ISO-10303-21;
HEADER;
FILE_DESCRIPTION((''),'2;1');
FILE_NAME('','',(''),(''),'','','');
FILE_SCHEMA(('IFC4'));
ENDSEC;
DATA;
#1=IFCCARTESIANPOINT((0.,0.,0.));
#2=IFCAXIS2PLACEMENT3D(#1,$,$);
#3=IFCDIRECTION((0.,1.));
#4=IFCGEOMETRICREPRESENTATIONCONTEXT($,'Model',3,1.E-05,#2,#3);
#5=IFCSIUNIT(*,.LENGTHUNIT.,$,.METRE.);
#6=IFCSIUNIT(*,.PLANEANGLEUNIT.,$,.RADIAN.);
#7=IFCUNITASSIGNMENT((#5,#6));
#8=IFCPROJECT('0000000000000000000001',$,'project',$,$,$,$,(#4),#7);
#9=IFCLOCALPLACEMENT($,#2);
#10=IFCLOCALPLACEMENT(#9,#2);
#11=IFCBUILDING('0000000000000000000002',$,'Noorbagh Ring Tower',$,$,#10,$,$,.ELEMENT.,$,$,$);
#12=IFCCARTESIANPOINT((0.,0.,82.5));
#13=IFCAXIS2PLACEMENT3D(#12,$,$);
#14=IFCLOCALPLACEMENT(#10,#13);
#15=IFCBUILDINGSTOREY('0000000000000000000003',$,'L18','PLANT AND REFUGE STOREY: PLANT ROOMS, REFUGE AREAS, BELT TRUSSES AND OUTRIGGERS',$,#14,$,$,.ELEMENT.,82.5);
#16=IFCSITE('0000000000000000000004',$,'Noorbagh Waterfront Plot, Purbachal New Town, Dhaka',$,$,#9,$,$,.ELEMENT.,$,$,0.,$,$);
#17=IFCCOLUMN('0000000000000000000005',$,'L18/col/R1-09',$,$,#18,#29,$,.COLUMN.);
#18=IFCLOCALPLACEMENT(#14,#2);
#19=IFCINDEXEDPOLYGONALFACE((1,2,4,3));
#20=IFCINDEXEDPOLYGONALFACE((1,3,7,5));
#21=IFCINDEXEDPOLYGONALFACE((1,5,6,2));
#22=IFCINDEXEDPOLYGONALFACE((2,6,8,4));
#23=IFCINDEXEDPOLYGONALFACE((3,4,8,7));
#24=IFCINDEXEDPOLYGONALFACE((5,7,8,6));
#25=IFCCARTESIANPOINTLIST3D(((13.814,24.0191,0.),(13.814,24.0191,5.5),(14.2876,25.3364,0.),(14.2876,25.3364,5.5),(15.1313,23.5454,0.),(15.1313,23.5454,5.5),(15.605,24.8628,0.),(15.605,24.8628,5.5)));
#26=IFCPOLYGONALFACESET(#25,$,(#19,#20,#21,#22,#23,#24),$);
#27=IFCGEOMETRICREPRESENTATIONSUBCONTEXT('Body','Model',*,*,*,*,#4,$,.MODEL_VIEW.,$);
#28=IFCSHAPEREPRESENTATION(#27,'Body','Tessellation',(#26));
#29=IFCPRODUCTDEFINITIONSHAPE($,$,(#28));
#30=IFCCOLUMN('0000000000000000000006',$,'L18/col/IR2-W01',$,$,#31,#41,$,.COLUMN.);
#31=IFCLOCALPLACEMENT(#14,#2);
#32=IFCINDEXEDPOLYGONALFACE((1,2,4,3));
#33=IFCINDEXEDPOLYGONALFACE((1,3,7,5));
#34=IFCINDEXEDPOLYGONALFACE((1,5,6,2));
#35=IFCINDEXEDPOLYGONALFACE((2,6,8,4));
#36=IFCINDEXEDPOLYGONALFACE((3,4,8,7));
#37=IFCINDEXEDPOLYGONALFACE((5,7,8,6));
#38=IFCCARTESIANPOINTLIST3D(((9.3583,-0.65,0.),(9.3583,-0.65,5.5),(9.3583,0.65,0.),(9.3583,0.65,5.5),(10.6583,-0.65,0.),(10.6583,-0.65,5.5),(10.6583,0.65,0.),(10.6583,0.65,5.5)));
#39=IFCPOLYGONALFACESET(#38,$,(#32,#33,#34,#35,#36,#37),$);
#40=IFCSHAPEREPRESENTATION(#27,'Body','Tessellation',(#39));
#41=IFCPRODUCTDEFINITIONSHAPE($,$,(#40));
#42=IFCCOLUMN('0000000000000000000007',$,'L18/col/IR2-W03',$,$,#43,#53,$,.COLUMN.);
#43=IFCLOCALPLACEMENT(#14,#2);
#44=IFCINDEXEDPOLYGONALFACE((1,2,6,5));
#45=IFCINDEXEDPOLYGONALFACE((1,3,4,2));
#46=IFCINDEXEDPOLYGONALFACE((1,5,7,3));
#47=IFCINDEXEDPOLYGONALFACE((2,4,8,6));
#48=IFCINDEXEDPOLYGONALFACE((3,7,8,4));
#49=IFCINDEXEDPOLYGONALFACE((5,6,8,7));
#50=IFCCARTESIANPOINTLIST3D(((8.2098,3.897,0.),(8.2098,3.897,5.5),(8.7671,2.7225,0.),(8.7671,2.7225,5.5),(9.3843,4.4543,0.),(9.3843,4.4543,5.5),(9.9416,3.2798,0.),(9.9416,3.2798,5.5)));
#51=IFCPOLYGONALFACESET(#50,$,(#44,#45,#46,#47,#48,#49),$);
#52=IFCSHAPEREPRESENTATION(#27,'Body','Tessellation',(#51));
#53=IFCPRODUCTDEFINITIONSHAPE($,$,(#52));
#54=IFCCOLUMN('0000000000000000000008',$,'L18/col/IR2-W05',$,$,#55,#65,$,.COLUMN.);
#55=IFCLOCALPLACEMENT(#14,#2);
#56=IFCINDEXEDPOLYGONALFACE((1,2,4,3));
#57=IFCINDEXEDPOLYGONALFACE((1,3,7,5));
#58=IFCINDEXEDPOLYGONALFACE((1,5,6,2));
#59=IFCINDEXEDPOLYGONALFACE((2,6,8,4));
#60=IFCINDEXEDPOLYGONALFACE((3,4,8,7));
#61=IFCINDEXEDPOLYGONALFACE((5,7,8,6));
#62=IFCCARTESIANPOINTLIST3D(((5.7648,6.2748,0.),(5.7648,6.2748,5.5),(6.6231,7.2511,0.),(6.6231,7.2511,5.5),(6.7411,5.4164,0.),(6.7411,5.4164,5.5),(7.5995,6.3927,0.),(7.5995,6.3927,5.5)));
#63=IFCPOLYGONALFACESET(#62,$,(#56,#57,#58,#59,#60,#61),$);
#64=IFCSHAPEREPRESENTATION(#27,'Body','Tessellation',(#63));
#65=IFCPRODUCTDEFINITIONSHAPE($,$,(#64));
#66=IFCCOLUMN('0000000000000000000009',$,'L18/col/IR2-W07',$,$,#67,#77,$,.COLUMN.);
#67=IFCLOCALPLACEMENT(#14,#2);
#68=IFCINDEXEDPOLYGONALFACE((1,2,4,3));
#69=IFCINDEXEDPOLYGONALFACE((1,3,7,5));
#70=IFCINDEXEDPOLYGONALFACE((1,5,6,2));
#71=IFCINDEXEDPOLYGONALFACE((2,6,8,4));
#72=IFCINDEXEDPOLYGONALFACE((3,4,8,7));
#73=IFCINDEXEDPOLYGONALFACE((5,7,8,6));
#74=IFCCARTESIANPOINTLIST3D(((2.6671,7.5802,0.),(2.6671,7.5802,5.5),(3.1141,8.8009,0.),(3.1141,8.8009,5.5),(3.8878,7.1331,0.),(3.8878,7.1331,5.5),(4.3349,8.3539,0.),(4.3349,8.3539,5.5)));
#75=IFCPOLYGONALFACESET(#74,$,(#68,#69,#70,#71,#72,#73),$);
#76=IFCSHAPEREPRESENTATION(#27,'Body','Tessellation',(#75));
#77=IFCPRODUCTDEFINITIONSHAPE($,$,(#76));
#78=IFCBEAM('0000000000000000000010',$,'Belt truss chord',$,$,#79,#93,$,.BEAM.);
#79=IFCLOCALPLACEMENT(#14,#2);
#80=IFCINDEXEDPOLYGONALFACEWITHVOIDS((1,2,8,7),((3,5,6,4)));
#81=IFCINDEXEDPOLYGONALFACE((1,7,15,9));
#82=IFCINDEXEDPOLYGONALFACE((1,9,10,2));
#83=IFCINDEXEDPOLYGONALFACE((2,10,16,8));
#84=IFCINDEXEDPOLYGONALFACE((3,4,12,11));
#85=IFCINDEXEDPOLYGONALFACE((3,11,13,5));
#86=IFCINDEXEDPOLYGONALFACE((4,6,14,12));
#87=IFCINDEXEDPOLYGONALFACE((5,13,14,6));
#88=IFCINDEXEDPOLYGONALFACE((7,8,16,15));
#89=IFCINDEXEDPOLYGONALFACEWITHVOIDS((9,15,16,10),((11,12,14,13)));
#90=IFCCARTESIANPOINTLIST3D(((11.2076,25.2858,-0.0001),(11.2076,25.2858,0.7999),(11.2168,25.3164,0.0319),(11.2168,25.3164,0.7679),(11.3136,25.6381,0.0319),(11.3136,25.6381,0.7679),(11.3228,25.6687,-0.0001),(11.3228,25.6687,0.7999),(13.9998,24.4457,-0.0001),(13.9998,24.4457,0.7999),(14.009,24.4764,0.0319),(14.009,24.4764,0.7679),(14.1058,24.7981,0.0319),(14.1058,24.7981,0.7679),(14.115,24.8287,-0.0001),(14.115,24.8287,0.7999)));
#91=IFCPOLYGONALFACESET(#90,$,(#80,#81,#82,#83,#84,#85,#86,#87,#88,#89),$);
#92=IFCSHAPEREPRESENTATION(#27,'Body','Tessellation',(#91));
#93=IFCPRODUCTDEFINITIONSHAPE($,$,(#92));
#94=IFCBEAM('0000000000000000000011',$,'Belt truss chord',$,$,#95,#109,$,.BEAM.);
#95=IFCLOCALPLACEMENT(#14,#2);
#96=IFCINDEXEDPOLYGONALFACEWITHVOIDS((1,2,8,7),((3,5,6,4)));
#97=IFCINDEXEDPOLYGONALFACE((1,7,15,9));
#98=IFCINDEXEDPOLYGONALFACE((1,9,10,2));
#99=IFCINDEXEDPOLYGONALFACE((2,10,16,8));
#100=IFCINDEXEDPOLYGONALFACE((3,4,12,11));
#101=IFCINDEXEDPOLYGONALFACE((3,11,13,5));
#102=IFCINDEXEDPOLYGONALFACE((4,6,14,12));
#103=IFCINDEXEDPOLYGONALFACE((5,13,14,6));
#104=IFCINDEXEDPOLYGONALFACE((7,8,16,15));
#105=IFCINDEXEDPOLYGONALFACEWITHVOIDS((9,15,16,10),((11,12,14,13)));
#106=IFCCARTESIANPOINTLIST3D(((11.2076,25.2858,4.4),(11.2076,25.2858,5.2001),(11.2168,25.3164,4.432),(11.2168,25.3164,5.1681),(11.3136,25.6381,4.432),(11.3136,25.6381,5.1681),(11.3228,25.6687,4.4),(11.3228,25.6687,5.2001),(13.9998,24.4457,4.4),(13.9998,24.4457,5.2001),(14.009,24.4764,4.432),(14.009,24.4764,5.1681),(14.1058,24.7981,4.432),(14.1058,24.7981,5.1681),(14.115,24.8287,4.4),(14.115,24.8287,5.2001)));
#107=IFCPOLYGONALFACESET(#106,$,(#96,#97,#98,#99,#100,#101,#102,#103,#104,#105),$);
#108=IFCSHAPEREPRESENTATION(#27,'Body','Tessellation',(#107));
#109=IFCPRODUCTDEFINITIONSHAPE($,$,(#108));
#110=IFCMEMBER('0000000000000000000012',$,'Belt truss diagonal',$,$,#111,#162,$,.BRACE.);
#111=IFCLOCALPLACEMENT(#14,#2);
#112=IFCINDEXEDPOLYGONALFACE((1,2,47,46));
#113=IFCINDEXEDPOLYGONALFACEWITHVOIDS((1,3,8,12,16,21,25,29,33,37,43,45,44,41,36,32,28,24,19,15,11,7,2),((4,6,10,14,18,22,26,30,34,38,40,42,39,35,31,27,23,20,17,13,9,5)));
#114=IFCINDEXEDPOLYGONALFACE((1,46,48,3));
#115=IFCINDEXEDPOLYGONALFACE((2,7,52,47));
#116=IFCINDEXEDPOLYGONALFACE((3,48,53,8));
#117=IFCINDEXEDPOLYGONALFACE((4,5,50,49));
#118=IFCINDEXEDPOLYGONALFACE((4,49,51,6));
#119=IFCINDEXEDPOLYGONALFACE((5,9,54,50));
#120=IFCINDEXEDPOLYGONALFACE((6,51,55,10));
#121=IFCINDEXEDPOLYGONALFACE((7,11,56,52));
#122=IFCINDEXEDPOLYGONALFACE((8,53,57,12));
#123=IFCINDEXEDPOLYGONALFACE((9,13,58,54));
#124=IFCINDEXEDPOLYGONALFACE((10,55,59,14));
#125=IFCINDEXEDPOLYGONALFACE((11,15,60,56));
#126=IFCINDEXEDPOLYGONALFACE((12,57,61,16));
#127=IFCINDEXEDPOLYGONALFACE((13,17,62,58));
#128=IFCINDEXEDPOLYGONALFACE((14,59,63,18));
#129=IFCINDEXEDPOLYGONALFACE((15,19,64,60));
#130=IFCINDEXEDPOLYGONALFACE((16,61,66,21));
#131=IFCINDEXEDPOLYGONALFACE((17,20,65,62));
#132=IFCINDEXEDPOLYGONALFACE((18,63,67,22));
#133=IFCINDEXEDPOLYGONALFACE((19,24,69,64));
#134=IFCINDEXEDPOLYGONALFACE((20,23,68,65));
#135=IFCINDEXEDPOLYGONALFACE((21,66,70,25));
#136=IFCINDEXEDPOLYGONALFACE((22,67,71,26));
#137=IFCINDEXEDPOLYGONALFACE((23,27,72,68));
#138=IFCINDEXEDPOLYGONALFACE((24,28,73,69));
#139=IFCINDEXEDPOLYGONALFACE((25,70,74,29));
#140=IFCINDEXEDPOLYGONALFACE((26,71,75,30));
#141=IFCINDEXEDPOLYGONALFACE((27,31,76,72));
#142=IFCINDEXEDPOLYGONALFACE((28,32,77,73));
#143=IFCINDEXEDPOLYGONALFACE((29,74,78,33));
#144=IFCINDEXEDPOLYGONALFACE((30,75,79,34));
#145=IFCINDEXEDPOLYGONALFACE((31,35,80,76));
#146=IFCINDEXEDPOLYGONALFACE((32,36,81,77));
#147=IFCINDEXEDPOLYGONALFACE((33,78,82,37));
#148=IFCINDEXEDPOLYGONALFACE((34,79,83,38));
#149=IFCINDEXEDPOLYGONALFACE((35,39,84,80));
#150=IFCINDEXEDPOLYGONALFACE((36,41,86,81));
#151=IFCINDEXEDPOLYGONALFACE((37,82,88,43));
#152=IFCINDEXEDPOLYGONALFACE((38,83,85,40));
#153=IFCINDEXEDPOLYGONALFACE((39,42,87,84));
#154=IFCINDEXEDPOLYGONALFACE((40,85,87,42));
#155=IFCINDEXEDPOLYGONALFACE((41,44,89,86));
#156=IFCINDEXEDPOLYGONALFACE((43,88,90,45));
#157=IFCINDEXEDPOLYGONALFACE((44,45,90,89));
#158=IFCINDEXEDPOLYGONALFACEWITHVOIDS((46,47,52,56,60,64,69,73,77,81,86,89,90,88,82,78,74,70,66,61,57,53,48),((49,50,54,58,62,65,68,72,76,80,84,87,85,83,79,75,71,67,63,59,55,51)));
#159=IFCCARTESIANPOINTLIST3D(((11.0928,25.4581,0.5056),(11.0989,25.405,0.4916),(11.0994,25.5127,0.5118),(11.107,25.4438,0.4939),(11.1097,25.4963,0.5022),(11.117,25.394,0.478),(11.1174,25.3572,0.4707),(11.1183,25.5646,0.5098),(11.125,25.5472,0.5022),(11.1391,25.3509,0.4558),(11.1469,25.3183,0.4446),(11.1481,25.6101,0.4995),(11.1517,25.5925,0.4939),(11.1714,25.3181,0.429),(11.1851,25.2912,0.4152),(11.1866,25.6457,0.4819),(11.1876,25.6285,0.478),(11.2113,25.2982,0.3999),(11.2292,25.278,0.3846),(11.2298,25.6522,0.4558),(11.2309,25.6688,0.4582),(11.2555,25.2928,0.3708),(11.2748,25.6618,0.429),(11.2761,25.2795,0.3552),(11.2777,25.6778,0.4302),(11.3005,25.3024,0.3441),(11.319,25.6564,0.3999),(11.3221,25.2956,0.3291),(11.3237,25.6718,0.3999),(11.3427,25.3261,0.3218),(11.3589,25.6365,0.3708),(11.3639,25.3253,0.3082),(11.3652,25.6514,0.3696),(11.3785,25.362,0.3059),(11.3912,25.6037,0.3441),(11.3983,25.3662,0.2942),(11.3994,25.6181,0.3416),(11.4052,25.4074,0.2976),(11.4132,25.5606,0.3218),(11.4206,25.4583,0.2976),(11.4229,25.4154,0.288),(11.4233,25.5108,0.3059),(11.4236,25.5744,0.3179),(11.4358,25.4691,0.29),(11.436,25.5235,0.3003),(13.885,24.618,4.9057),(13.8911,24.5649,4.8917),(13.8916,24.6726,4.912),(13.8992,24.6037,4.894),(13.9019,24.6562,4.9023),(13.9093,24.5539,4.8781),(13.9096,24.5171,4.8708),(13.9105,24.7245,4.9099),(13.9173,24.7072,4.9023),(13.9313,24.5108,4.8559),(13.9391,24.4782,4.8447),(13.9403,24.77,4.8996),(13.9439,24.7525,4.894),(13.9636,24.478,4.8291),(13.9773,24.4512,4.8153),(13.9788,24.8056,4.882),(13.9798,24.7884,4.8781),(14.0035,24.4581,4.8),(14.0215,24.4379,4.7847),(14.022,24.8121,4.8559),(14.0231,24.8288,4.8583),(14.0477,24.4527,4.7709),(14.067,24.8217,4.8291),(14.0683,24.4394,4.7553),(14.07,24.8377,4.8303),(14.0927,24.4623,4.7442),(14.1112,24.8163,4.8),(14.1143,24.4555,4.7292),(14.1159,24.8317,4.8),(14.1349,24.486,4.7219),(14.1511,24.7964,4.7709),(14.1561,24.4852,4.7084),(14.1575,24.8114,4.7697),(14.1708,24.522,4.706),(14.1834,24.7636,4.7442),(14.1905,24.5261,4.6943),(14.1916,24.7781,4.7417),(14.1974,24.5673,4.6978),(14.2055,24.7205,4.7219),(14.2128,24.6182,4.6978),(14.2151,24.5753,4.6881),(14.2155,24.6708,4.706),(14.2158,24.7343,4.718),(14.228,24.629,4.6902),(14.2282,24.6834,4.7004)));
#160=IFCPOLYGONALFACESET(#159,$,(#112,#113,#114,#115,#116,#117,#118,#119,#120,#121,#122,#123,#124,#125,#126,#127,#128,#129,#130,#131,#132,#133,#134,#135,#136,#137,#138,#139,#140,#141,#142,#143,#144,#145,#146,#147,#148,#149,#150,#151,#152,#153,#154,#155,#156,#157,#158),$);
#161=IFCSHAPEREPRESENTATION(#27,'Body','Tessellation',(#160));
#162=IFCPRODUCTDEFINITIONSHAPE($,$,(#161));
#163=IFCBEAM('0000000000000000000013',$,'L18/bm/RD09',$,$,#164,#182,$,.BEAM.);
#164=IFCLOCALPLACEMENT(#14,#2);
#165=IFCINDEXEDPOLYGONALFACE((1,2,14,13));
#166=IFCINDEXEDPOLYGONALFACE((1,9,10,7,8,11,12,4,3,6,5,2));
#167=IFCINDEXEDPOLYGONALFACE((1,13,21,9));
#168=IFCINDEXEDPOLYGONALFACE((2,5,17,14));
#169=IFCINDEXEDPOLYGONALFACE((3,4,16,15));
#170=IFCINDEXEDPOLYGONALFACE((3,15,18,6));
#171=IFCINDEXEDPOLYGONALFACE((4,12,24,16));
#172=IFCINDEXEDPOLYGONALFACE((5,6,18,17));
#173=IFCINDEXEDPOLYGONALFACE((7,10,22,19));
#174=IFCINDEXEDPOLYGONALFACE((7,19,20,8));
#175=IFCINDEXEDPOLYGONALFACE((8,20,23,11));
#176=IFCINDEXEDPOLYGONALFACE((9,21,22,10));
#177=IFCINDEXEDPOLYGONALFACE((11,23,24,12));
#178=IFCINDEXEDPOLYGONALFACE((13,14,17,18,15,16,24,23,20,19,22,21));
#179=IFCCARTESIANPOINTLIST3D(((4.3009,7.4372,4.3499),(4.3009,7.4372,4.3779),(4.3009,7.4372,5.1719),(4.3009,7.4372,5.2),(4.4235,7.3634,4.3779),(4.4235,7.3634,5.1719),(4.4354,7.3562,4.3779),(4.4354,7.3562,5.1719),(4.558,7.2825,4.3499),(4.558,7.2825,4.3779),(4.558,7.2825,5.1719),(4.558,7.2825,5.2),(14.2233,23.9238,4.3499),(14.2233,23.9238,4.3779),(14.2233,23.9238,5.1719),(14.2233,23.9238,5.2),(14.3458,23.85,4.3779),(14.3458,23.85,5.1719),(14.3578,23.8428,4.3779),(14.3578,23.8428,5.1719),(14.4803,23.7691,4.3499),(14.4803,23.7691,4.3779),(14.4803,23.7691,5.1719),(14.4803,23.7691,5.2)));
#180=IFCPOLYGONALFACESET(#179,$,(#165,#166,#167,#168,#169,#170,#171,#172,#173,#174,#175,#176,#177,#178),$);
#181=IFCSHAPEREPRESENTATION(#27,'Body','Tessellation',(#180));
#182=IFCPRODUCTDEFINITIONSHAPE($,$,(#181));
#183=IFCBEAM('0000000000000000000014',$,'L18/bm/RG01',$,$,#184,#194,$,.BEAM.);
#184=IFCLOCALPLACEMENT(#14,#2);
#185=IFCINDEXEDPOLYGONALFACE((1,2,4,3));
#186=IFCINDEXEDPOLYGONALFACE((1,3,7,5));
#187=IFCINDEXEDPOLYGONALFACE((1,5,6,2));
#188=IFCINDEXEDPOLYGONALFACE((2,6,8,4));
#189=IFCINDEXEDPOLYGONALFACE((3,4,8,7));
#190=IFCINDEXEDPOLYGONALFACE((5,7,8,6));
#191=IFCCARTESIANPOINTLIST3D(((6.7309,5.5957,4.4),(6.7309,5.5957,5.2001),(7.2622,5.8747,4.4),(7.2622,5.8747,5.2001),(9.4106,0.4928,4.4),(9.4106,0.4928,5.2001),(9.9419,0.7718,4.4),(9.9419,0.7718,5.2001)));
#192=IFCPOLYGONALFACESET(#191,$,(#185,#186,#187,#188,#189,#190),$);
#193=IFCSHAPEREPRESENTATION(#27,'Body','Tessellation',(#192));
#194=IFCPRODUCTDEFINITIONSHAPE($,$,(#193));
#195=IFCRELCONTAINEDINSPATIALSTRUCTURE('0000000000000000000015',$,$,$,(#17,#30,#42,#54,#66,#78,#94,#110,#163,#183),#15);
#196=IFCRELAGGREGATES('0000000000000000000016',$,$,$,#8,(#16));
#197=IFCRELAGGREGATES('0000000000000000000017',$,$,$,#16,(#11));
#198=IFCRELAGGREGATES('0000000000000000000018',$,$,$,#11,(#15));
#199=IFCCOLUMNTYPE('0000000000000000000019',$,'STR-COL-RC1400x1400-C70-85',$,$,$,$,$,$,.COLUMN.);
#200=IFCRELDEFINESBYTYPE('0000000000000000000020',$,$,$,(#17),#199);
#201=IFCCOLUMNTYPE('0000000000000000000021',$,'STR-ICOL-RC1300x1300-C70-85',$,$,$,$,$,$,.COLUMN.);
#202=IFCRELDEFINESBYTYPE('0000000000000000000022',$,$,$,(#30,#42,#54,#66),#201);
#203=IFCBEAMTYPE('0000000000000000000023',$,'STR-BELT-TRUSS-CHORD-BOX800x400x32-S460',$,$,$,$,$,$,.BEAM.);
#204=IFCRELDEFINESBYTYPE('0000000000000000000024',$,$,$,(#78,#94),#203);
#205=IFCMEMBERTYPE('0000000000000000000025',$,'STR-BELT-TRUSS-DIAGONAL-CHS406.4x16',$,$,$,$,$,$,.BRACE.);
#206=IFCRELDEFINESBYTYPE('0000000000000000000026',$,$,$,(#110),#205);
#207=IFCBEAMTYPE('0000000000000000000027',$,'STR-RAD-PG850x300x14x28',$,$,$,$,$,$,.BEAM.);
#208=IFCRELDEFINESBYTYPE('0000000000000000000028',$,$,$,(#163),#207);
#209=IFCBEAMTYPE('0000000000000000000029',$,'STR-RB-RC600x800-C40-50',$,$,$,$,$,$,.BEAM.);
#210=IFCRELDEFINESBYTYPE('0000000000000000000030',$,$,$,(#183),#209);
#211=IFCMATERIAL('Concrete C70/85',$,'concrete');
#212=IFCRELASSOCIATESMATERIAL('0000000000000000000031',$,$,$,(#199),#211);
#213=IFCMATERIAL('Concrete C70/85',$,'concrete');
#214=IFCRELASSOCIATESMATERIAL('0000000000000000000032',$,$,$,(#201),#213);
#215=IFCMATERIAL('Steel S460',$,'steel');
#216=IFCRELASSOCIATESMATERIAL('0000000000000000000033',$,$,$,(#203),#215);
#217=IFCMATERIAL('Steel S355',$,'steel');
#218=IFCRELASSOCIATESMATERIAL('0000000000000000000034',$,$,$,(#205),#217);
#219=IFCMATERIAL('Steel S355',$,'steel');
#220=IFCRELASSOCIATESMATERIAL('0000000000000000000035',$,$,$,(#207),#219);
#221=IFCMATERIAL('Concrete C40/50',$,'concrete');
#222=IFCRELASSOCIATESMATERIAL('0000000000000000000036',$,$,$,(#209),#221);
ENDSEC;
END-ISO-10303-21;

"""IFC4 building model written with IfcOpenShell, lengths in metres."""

from ifc_helpers import new_model, si_unit, direction, frame, origin, origin_2d, place, context, subcontext, project, spatial, rectangle, hollow_rectangle, hollow_circle, i_section, extrude, material, material_profile, profile_set, type_object, element, save


model = new_model("IFC4")

# Units and contexts
model_context = context("Model", 3, precision=1e-05, world=origin(), true_north=direction((0.0, 1.0)))
body_context = subcontext(model_context, "Body", "Model", "MODEL_VIEW")
ifc_project = project(units=[si_unit("LENGTHUNIT", "METRE"), si_unit("PLANEANGLEUNIT", "RADIAN")], contexts=[model_context])

# Site, building, storey
site_placement = place(None, origin())
site = spatial("IfcSite", under=ifc_project, at=site_placement, Name="Noorbagh Waterfront Plot, Purbachal New Town, Dhaka", CompositionType="ELEMENT", RefElevation=0.0)
building_placement = place(site_placement, origin())
building = spatial("IfcBuilding", under=site, at=building_placement, Name="Noorbagh Ring Tower", CompositionType="ELEMENT")
storey_placement = place(building_placement, frame((0.0, 0.0, 82.5)))
storey = spatial("IfcBuildingStorey", under=building, at=storey_placement, Name="L18", Description="PLANT AND REFUGE STOREY: PLANT ROOMS, REFUGE AREAS, BELT TRUSSES AND OUTRIGGERS", CompositionType="ELEMENT", Elevation=82.5)

# Columns
ifc_material_1 = material(Name="Concrete C70/85", Category="concrete")
ifc_material_profile_1 = material_profile(ifc_material_1, rectangle(XDim=1.3999, YDim=1.3999, at=origin_2d()), Name="RC1400x1400")
ifc_profile_set_1 = profile_set([ifc_material_profile_1], Name="Concrete C70/85")
column_type_1 = type_object("IfcColumnType", Name="STR-COL-RC1400x1400-C70-85", PredefinedType="COLUMN", material=ifc_profile_set_1)
column_placement = place(storey_placement, frame((14.7095, 24.4409, 0.0), z_axis=(0.0, 0.0, 1.0), x_axis=(-0.941025, 0.338338, 0.0)))
element("IfcColumn", 1, at=column_placement, inside=storey, type_object=column_type_1, Name="L18/col/R1-09", PredefinedType="COLUMN", context=body_context, shape_type="SweptSolid", body=[
    extrude(rectangle(XDim=1.3999, YDim=1.3999, at=origin_2d()), origin(), (0.0, 0.0, 1.0), 5.5),
])
ifc_material_2 = material(Name="Concrete C70/85", Category="concrete")
ifc_material_profile_2 = material_profile(ifc_material_2, rectangle(XDim=1.3, YDim=1.3, at=origin_2d()), Name="RC1300x1300")
ifc_profile_set_2 = profile_set([ifc_material_profile_2], Name="Concrete C70/85")
column_type_2 = type_object("IfcColumnType", Name="STR-ICOL-RC1300x1300-C70-85", PredefinedType="COLUMN", material=ifc_profile_set_2)
for number, where, z_axis, x_axis, name in (
    (2, (10.0083, 0.0, 0.0), (0.0, 0.0, 1.0), (0.0, 1.0, 0.0), "L18/col/IR2-W01"),
    (3, (9.0757, 3.5884, 0.0), (0.0, 0.0, 1.0), (-0.428667, 0.903463, 0.0), "L18/col/IR2-W03"),
    (4, (6.6821, 6.3337, 0.0), (0.0, 0.0, 1.0), (-0.751022, 0.660277, 0.0), "L18/col/IR2-W05"),
    (5, (3.501, 7.967, 0.0), (0.0, 0.0, 1.0), (-0.93902, 0.343864, 0.0), "L18/col/IR2-W07"),
):
    element("IfcColumn", number, at=place(storey_placement, frame(where, z_axis=z_axis, x_axis=x_axis)), inside=storey, type_object=column_type_2, Name=name, PredefinedType="COLUMN", context=body_context, shape_type="SweptSolid", body=[
        extrude(rectangle(XDim=1.3, YDim=1.3, at=origin_2d()), origin(), (0.0, 0.0, 1.0), 5.5),
    ])

# Beams
ifc_material_3 = material(Name="Steel S460", Category="steel")
ifc_material_profile_3 = material_profile(ifc_material_3, hollow_rectangle(XDim=0.3999, YDim=0.8, WallThickness=0.032, at=origin_2d()), Name="BOX800x400x32")
ifc_profile_set_3 = profile_set([ifc_material_profile_3], Name="Steel S460")
beam_type_1 = type_object("IfcBeamType", Name="STR-BELT-TRUSS-CHORD-BOX800x400x32-S460", PredefinedType="BEAM", material=ifc_profile_set_3)
for number, where, z_axis, x_axis, name in (
    (6, (14.0574, 24.6372, 0.3999), (-0.957598, 0.288108, 0.0), (-0.288108, -0.957598, 0.0), "Belt truss chord"),
    (7, (14.0574, 24.6372, 4.8), (-0.957598, 0.288108, 0.0), (-0.288108, -0.957598, 0.0), "Belt truss chord"),
):
    element("IfcBeam", number, at=place(storey_placement, frame(where, z_axis=z_axis, x_axis=x_axis)), inside=storey, type_object=beam_type_1, Name=name, PredefinedType="BEAM", context=body_context, shape_type="SweptSolid", body=[
        extrude(hollow_rectangle(XDim=0.3999, YDim=0.8, WallThickness=0.032, at=origin_2d()), origin(), (0.0, 0.0, 1.0), 2.9158),
    ])

# Member
ifc_material_4 = material(Name="Steel S355", Category="steel")
ifc_material_profile_4 = material_profile(ifc_material_4, hollow_circle(Radius=0.2031, WallThickness=0.0161, at=origin_2d()), Name="CHS406.4x16")
ifc_profile_set_4 = profile_set([ifc_material_profile_4], Name="Steel S355")
member_type = type_object("IfcMemberType", Name="STR-BELT-TRUSS-DIAGONAL-CHS406.4x16", PredefinedType="BRACE", material=ifc_profile_set_4)
member_placement = place(storey_placement, frame((11.2651, 25.4773, 0.3999), z_axis=(0.528973, -0.15915, 0.833582), x_axis=(0.288108, 0.957598, 0.0)))
element("IfcMember", 8, at=member_placement, inside=storey, type_object=member_type, Name="Belt truss diagonal", PredefinedType="BRACE", context=body_context, shape_type="SweptSolid", body=[
    extrude(hollow_circle(Radius=0.2031, WallThickness=0.0161, at=origin_2d()), origin(), (0.0, 0.0, 1.0), 5.2786),
])

# Beams
ifc_material_5 = material(Name="Steel S355", Category="steel")
ifc_material_profile_5 = material_profile(ifc_material_5, i_section(OverallWidth=0.3, OverallDepth=0.8501, WebThickness=0.0139, FlangeThickness=0.0281, at=origin_2d()), Name="PG850x300x14x28")
ifc_profile_set_5 = profile_set([ifc_material_profile_5], Name="Steel S355")
beam_type_2 = type_object("IfcBeamType", Name="STR-RAD-PG850x300x14x28", PredefinedType="BEAM", material=ifc_profile_set_5)
beam_1_placement = place(storey_placement, frame((14.3518, 23.8464, 4.7749), z_axis=(-0.515658, -0.856795, 0.0), x_axis=(0.856795, -0.515658, 0.0)))
element("IfcBeam", 9, at=beam_1_placement, inside=storey, type_object=beam_type_2, Name="L18/bm/RD09", PredefinedType="BEAM", context=body_context, shape_type="SweptSolid", body=[
    extrude(i_section(OverallWidth=0.3, OverallDepth=0.8501, WebThickness=0.0139, FlangeThickness=0.0281, at=origin_2d()), origin(), (0.0, 0.0, 1.0), 19.2422),
])
ifc_material_6 = material(Name="Concrete C40/50", Category="concrete")
ifc_material_profile_6 = material_profile(ifc_material_6, rectangle(XDim=0.6001, YDim=0.8, at=origin_2d()), Name="RC600x800")
ifc_profile_set_6 = profile_set([ifc_material_profile_6], Name="Concrete C40/50")
beam_type_3 = type_object("IfcBeamType", Name="STR-RB-RC600x800-C40-50", PredefinedType="BEAM", material=ifc_profile_set_6)
beam_2_placement = place(storey_placement, frame((9.6763, 0.6323, 4.8), z_axis=(-0.464933, 0.885346, 0.0), x_axis=(-0.885346, -0.464933, 0.0)))
element("IfcBeam", 10, at=beam_2_placement, inside=storey, type_object=beam_type_3, Name="L18/bm/RG01", PredefinedType="BEAM", context=body_context, shape_type="SweptSolid", body=[
    extrude(rectangle(XDim=0.6001, YDim=0.8, at=origin_2d()), origin(), (0.0, 0.0, 1.0), 5.7637),
])

save(model, "model.ifc")
